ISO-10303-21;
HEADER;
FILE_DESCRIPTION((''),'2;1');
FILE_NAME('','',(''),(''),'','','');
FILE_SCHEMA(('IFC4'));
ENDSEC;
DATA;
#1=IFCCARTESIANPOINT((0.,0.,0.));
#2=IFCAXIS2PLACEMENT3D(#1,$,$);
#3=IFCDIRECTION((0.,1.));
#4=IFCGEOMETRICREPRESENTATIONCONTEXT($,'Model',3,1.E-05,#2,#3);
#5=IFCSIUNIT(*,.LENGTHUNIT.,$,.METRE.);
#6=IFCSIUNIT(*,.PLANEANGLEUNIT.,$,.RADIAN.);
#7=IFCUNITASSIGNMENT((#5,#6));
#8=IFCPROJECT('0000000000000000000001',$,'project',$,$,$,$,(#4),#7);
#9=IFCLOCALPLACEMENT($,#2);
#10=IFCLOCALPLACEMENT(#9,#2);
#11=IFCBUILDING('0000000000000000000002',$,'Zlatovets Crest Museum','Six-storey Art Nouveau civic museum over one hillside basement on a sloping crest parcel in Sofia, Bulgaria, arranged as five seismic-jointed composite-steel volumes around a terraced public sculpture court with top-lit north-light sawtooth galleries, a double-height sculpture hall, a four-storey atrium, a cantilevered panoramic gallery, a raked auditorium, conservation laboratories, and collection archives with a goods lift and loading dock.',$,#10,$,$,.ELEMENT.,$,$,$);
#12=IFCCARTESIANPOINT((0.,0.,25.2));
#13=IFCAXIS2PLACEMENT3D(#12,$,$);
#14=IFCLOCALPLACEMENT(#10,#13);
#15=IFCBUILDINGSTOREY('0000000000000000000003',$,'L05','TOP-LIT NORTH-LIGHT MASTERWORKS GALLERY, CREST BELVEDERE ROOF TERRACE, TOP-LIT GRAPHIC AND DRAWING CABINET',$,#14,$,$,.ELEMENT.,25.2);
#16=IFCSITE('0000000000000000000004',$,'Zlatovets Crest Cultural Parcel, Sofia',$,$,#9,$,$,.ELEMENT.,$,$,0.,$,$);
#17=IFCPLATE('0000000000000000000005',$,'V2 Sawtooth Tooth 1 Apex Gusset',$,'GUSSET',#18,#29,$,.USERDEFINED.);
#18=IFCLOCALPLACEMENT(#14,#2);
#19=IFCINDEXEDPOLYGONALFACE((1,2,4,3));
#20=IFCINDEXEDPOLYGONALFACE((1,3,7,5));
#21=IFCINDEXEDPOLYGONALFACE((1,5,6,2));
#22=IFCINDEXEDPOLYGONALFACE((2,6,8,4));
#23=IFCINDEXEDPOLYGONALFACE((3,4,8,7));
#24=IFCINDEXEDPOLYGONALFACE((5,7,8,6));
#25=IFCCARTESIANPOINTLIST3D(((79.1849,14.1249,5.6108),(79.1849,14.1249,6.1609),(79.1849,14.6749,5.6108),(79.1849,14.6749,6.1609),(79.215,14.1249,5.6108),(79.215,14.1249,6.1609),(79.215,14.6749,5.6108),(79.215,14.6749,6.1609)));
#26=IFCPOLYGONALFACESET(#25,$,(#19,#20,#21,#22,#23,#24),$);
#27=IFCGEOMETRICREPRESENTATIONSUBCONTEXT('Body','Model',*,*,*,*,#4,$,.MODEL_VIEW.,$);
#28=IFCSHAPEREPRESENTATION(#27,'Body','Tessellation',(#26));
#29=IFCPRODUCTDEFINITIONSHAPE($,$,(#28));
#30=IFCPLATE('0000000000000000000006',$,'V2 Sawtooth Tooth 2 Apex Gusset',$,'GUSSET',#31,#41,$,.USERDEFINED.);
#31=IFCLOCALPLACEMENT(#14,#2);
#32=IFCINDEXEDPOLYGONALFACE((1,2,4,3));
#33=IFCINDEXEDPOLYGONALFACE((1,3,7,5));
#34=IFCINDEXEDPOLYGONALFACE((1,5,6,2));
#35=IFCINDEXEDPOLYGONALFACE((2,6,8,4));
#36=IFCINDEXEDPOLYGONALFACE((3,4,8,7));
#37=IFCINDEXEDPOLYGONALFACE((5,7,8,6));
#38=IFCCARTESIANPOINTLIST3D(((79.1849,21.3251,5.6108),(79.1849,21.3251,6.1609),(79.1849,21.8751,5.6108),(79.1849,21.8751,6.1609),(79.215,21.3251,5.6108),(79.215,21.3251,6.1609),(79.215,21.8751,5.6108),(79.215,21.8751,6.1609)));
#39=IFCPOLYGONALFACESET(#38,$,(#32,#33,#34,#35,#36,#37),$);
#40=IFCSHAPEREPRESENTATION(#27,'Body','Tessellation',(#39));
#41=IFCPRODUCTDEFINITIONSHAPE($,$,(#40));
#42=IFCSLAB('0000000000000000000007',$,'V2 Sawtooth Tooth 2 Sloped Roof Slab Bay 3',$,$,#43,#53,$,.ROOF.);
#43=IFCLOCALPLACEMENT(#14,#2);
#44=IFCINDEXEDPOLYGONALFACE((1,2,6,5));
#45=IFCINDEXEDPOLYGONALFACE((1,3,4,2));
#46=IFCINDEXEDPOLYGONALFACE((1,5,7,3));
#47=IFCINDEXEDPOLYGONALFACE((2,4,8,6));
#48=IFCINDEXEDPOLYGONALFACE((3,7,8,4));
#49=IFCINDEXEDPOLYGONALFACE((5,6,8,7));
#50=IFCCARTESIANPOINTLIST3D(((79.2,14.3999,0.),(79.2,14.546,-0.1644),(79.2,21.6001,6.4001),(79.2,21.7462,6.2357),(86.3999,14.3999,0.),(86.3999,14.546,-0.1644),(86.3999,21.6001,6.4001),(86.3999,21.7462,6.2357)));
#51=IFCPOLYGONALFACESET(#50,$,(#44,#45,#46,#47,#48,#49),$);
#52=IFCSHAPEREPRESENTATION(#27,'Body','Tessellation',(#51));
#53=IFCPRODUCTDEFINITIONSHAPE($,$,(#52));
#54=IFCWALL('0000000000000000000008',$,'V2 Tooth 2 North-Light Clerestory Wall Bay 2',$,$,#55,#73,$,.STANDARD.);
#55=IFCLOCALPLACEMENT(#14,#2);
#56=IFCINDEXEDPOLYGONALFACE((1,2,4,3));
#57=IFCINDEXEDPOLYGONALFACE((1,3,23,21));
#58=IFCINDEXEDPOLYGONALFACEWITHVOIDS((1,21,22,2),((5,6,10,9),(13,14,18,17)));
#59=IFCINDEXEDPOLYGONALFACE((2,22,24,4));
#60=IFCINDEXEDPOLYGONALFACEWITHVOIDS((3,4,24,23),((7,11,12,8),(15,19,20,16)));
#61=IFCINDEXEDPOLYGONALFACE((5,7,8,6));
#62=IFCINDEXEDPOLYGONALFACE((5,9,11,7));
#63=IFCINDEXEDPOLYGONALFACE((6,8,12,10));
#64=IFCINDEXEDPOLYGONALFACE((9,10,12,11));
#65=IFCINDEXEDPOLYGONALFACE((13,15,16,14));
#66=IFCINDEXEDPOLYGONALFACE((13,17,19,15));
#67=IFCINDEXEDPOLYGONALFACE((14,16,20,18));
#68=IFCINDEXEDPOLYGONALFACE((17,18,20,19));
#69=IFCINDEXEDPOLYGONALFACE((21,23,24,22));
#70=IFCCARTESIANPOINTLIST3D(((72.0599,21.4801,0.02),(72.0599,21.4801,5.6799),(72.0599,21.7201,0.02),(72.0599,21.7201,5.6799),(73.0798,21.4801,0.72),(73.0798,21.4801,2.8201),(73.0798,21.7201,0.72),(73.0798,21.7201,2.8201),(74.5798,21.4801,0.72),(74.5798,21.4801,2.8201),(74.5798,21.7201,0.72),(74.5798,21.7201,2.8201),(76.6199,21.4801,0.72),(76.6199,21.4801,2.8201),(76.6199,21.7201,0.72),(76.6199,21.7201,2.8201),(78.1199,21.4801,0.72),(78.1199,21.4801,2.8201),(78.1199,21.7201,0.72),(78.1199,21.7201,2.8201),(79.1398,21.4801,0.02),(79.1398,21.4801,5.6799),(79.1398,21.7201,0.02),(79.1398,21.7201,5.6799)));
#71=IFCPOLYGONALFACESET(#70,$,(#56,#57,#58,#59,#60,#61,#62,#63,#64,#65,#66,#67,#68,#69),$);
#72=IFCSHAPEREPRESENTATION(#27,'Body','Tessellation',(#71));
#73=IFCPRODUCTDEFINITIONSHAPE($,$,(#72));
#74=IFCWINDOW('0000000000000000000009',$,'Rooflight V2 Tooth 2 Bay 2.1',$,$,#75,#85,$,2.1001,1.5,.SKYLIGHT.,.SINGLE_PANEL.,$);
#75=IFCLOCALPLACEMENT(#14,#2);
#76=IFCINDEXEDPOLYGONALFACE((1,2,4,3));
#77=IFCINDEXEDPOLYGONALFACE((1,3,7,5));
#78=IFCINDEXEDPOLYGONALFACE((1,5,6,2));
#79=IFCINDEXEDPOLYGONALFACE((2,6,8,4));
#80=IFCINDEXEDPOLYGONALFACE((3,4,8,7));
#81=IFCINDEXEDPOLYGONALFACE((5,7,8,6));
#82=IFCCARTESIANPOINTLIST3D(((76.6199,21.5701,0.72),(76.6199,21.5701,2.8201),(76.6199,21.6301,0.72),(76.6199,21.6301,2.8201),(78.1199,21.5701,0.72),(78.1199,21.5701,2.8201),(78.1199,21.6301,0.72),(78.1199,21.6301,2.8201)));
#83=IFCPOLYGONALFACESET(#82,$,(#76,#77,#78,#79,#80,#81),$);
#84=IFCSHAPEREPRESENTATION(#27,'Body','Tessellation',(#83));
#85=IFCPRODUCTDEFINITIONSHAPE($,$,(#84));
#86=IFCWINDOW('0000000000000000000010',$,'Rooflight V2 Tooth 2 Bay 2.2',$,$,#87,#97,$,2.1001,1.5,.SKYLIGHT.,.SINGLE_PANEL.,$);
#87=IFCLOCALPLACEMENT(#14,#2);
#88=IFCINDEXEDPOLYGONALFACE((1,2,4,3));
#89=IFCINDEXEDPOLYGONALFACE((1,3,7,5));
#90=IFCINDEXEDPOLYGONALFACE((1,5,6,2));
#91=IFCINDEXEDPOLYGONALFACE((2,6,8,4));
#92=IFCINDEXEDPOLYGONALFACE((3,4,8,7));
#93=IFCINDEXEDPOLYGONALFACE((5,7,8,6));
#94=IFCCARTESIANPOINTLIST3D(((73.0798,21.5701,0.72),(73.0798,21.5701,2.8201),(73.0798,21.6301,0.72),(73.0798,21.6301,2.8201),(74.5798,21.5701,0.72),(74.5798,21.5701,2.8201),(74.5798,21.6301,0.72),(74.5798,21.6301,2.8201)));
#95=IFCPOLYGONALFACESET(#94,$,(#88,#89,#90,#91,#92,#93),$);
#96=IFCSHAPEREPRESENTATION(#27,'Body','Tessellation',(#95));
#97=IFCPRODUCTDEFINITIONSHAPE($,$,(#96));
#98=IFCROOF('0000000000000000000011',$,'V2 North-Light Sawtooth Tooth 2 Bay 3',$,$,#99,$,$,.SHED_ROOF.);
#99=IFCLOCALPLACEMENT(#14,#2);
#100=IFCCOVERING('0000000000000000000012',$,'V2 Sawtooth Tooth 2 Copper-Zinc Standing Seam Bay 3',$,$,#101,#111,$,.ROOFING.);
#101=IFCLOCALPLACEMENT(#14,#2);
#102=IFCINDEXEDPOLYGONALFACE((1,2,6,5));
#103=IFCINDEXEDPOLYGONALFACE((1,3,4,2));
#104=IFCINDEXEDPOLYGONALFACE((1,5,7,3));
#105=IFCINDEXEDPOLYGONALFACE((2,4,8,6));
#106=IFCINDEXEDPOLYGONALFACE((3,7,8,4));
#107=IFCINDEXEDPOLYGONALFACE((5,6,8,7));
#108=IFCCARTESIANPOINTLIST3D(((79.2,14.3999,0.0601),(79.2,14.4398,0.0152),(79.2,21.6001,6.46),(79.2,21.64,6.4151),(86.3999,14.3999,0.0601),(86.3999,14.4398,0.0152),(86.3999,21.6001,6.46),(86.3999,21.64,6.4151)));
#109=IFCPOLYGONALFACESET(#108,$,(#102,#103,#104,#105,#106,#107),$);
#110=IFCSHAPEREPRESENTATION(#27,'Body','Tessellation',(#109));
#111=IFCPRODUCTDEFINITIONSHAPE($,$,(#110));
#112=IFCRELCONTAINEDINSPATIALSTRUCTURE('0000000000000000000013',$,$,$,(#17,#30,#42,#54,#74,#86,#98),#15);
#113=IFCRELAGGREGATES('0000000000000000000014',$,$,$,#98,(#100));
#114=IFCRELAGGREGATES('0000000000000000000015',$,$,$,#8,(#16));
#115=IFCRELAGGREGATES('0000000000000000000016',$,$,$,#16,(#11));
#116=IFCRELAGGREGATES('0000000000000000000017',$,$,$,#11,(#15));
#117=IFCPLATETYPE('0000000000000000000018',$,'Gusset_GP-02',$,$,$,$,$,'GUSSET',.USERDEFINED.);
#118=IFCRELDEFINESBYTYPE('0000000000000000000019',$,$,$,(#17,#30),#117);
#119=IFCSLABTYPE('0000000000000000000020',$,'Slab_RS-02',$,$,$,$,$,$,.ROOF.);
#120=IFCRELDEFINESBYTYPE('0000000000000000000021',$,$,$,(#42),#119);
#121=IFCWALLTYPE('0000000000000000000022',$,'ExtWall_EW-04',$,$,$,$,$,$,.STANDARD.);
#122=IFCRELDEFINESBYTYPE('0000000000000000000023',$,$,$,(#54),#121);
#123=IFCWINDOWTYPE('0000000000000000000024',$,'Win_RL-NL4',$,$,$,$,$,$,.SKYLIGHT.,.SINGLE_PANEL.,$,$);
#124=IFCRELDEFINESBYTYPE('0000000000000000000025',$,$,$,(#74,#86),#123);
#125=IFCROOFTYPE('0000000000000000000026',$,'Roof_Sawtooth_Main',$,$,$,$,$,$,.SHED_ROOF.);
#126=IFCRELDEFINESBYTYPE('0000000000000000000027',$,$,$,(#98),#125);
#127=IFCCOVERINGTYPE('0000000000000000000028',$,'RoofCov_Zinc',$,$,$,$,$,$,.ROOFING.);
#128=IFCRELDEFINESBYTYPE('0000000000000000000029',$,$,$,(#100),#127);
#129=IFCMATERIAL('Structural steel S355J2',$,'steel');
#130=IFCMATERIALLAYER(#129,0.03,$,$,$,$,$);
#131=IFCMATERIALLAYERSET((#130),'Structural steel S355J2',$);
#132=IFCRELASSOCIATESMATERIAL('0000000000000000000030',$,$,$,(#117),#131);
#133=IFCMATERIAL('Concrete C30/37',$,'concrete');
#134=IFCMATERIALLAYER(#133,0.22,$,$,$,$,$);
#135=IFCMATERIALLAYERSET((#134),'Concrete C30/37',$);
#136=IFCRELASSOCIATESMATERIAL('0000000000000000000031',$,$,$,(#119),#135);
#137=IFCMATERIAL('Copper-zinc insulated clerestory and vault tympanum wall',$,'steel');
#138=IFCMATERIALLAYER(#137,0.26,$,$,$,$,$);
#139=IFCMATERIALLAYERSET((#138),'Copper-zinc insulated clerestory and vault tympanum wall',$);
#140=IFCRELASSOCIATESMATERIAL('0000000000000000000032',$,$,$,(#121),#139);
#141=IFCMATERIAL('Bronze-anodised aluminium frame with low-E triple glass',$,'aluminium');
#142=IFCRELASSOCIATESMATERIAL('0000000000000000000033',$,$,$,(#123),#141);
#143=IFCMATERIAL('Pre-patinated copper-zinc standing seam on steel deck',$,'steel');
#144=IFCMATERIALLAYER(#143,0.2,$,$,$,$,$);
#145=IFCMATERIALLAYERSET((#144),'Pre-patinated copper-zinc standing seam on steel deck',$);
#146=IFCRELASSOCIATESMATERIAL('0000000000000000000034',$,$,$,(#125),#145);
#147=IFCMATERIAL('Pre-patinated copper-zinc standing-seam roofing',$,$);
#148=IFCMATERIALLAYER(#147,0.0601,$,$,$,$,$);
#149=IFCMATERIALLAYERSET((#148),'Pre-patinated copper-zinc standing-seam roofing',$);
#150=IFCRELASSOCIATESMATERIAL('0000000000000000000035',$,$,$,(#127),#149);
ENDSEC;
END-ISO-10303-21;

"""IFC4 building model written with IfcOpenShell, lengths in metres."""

from ifc_helpers import new_model, si_unit, direction, frame, frame_2d, origin, origin_2d, place, context, subcontext, project, spatial, polyline, rectangle, outline, extrude, material, layer, layer_set, type_object, element, fill, aggregate, save


model = new_model("IFC4")

# Units and contexts
model_context = context("Model", 3, precision=1e-05, world=origin(), true_north=direction((0.0, 1.0)))
body_context = subcontext(model_context, "Body", "Model", "MODEL_VIEW")
ifc_project = project(units=[si_unit("LENGTHUNIT", "METRE"), si_unit("PLANEANGLEUNIT", "RADIAN")], contexts=[model_context])

# Site, building, storey
site_placement = place(None, origin())
site = spatial("IfcSite", under=ifc_project, at=site_placement, Name="Zlatovets Crest Cultural Parcel, Sofia", CompositionType="ELEMENT", RefElevation=0.0)
building_placement = place(site_placement, origin())
building = spatial("IfcBuilding", under=site, at=building_placement, Name="Zlatovets Crest Museum", Description="Six-storey Art Nouveau civic museum over one hillside basement on a sloping crest parcel in Sofia, Bulgaria, arranged as five seismic-jointed composite-steel volumes around a terraced public sculpture court with top-lit north-light sawtooth galleries, a double-height sculpture hall, a four-storey atrium, a cantilevered panoramic gallery, a raked auditorium, conservation laboratories, and collection archives with a goods lift and loading dock.", CompositionType="ELEMENT")
storey_placement = place(building_placement, frame((0.0, 0.0, 25.2)))
storey = spatial("IfcBuildingStorey", under=building, at=storey_placement, Name="L05", Description="TOP-LIT NORTH-LIGHT MASTERWORKS GALLERY, CREST BELVEDERE ROOF TERRACE, TOP-LIT GRAPHIC AND DRAWING CABINET", CompositionType="ELEMENT", Elevation=25.2)

# Shared definitions
ifc_material_1 = material(Name="Structural steel S355J2", Category="steel")

# Plates
ifc_layer_1 = layer(ifc_material_1, 0.03)
ifc_layer_set_1 = layer_set([ifc_layer_1], Name="Structural steel S355J2")
plate_type = type_object("IfcPlateType", Name="Gusset_GP-02", ElementType="GUSSET", PredefinedType="USERDEFINED", material=ifc_layer_set_1)
for number, where, z_axis, x_axis, name in (
    (1, (79.2, 14.3999, 5.6108), (0.0, 0.0, 1.0), (1.0, 0.0, 0.0), "V2 Sawtooth Tooth 1 Apex Gusset"),
    (2, (79.2, 21.6001, 5.6108), (0.0, 0.0, 1.0), (1.0, 0.0, 0.0), "V2 Sawtooth Tooth 2 Apex Gusset"),
):
    element("IfcPlate", number, at=place(storey_placement, frame(where, z_axis=z_axis, x_axis=x_axis)), inside=storey, type_object=plate_type, Name=name, ObjectType="GUSSET", PredefinedType="USERDEFINED", context=body_context, shape_type="SweptSolid", body=[
        extrude(rectangle(XDim=0.03, YDim=0.55, at=origin_2d()), origin(), (0.0, 0.0, 1.0), 0.55),
    ])

# Slab
ifc_material_2 = material(Name="Concrete C30/37", Category="concrete")
ifc_layer_2 = layer(ifc_material_2, 0.22)
ifc_layer_set_2 = layer_set([ifc_layer_2], Name="Concrete C30/37")
slab_type = type_object("IfcSlabType", Name="Slab_RS-02", PredefinedType="ROOF", material=ifc_layer_set_2)
slab_placement = place(storey_placement, frame((79.2, 14.3999, 0.0), z_axis=(0.0, -0.664362, 0.747411), x_axis=(1.0, 0.0, 0.0)))
element("IfcSlab", 3, at=slab_placement, inside=storey, type_object=slab_type, Name="V2 Sawtooth Tooth 2 Sloped Roof Slab Bay 3", PredefinedType="ROOF", context=body_context, shape_type="SweptSolid", body=[
    extrude(outline(polyline([(0.0, 0.0), (7.2, 0.0), (7.2, 9.6335), (0.0, 9.6335), (0.0, 0.0)])), origin(), (0.0, 0.0, -1.0), 0.22),
])

# Wall, openings, windows
ifc_material_3 = material(Name="Copper-zinc insulated clerestory and vault tympanum wall", Category="steel")
ifc_layer_3 = layer(ifc_material_3, 0.26)
ifc_layer_set_3 = layer_set([ifc_layer_3], Name="Copper-zinc insulated clerestory and vault tympanum wall")
wall_type = type_object("IfcWallType", Name="ExtWall_EW-04", PredefinedType="STANDARD", material=ifc_layer_set_3)
wall_placement = place(storey_placement, frame((79.1399, 21.6001, 0.02), z_axis=(0.0, 0.0, 1.0), x_axis=(-1.0, 0.0, 0.0)))
wall = element("IfcWall", 4, at=wall_placement, inside=storey, type_object=wall_type, Name="V2 Tooth 2 North-Light Clerestory Wall Bay 2", PredefinedType="STANDARD", context=body_context, shape_type="SweptSolid", body=[
    extrude(rectangle(XDim=7.0798, YDim=0.24, at=frame_2d((3.54, 0.0))), origin(), (0.0, 0.0, 1.0), 5.6599),
])
opening_1_placement = place(wall_placement, frame((1.02, 0.0, 0.7)))
opening_1 = element("IfcOpeningElement", 5, at=opening_1_placement, cuts=wall, PredefinedType="OPENING", context=body_context, shape_type="SweptSolid", body=[
    extrude(rectangle(XDim=1.5, YDim=2.1001, at=frame_2d((0.75, 1.05))), frame((0.0, 0.1299, 0.0), z_axis=(0.0, -1.0, 0.0), x_axis=(1.0, 0.0, 0.0)), (0.0, 0.0, 1.0), 0.26),
])
opening_2_placement = place(wall_placement, frame((4.5601, 0.0, 0.7)))
opening_2 = element("IfcOpeningElement", 6, at=opening_2_placement, cuts=wall, PredefinedType="OPENING", context=body_context, shape_type="SweptSolid", body=[
    extrude(rectangle(XDim=1.5, YDim=2.1001, at=frame_2d((0.75, 1.05))), frame((0.0, 0.1299, 0.0), z_axis=(0.0, -1.0, 0.0), x_axis=(1.0, 0.0, 0.0)), (0.0, 0.0, 1.0), 0.26),
])
ifc_material_4 = material(Name="Bronze-anodised aluminium frame with low-E triple glass", Category="aluminium")
window_type = type_object("IfcWindowType", Name="Win_RL-NL4", PartitioningType="SINGLE_PANEL", PredefinedType="SKYLIGHT", material=ifc_material_4)
window_1_placement = place(opening_1_placement, origin())
window_1 = element("IfcWindow", 7, at=window_1_placement, inside=storey, type_object=window_type, Name="Rooflight V2 Tooth 2 Bay 2.1", OverallHeight=2.1001, OverallWidth=1.5, PartitioningType="SINGLE_PANEL", PredefinedType="SKYLIGHT", context=body_context, shape_type="SweptSolid", body=[
    extrude(rectangle(XDim=1.5, YDim=2.1001, at=frame_2d((0.75, 1.05))), frame((0.0, 0.03, 0.0), z_axis=(0.0, -1.0, 0.0), x_axis=(1.0, 0.0, 0.0)), (0.0, 0.0, 1.0), 0.0601),
])
fill(opening_1, window_1)
window_2_placement = place(opening_2_placement, origin())
window_2 = element("IfcWindow", 8, at=window_2_placement, inside=storey, type_object=window_type, Name="Rooflight V2 Tooth 2 Bay 2.2", OverallHeight=2.1001, OverallWidth=1.5, PartitioningType="SINGLE_PANEL", PredefinedType="SKYLIGHT", context=body_context, shape_type="SweptSolid", body=[
    extrude(rectangle(XDim=1.5, YDim=2.1001, at=frame_2d((0.75, 1.05))), frame((0.0, 0.03, 0.0), z_axis=(0.0, -1.0, 0.0), x_axis=(1.0, 0.0, 0.0)), (0.0, 0.0, 1.0), 0.0601),
])
fill(opening_2, window_2)

# Roof, covering
ifc_material_5 = material(Name="Pre-patinated copper-zinc standing seam on steel deck", Category="steel")
ifc_layer_4 = layer(ifc_material_5, 0.2)
ifc_layer_set_4 = layer_set([ifc_layer_4], Name="Pre-patinated copper-zinc standing seam on steel deck")
roof_type = type_object("IfcRoofType", Name="Roof_Sawtooth_Main", PredefinedType="SHED_ROOF", material=ifc_layer_set_4)
roof_placement = place(storey_placement, origin())
roof = element("IfcRoof", 9, at=roof_placement, inside=storey, type_object=roof_type, Name="V2 North-Light Sawtooth Tooth 2 Bay 3", PredefinedType="SHED_ROOF")
ifc_material_6 = material(Name="Pre-patinated copper-zinc standing-seam roofing")
ifc_layer_5 = layer(ifc_material_6, 0.0601)
ifc_layer_set_5 = layer_set([ifc_layer_5], Name="Pre-patinated copper-zinc standing-seam roofing")
covering_type = type_object("IfcCoveringType", Name="RoofCov_Zinc", PredefinedType="ROOFING", material=ifc_layer_set_5)
covering_placement = place(storey_placement, frame((79.2, 14.3999, 0.0601), z_axis=(0.0, -0.664348, 0.747423), x_axis=(1.0, 0.0, 0.0)))
covering = element("IfcCovering", 10, at=covering_placement, type_object=covering_type, Name="V2 Sawtooth Tooth 2 Copper-Zinc Standing Seam Bay 3", PredefinedType="ROOFING", context=body_context, shape_type="SweptSolid", body=[
    extrude(outline(polyline([(0.0, 0.0), (7.2, 0.0), (7.2, 9.6334), (0.0, 9.6334), (0.0, 0.0)])), origin(), (0.0, 0.0, -1.0), 0.0601),
])
aggregate(roof, [covering])

save(model, "model.ifc")
